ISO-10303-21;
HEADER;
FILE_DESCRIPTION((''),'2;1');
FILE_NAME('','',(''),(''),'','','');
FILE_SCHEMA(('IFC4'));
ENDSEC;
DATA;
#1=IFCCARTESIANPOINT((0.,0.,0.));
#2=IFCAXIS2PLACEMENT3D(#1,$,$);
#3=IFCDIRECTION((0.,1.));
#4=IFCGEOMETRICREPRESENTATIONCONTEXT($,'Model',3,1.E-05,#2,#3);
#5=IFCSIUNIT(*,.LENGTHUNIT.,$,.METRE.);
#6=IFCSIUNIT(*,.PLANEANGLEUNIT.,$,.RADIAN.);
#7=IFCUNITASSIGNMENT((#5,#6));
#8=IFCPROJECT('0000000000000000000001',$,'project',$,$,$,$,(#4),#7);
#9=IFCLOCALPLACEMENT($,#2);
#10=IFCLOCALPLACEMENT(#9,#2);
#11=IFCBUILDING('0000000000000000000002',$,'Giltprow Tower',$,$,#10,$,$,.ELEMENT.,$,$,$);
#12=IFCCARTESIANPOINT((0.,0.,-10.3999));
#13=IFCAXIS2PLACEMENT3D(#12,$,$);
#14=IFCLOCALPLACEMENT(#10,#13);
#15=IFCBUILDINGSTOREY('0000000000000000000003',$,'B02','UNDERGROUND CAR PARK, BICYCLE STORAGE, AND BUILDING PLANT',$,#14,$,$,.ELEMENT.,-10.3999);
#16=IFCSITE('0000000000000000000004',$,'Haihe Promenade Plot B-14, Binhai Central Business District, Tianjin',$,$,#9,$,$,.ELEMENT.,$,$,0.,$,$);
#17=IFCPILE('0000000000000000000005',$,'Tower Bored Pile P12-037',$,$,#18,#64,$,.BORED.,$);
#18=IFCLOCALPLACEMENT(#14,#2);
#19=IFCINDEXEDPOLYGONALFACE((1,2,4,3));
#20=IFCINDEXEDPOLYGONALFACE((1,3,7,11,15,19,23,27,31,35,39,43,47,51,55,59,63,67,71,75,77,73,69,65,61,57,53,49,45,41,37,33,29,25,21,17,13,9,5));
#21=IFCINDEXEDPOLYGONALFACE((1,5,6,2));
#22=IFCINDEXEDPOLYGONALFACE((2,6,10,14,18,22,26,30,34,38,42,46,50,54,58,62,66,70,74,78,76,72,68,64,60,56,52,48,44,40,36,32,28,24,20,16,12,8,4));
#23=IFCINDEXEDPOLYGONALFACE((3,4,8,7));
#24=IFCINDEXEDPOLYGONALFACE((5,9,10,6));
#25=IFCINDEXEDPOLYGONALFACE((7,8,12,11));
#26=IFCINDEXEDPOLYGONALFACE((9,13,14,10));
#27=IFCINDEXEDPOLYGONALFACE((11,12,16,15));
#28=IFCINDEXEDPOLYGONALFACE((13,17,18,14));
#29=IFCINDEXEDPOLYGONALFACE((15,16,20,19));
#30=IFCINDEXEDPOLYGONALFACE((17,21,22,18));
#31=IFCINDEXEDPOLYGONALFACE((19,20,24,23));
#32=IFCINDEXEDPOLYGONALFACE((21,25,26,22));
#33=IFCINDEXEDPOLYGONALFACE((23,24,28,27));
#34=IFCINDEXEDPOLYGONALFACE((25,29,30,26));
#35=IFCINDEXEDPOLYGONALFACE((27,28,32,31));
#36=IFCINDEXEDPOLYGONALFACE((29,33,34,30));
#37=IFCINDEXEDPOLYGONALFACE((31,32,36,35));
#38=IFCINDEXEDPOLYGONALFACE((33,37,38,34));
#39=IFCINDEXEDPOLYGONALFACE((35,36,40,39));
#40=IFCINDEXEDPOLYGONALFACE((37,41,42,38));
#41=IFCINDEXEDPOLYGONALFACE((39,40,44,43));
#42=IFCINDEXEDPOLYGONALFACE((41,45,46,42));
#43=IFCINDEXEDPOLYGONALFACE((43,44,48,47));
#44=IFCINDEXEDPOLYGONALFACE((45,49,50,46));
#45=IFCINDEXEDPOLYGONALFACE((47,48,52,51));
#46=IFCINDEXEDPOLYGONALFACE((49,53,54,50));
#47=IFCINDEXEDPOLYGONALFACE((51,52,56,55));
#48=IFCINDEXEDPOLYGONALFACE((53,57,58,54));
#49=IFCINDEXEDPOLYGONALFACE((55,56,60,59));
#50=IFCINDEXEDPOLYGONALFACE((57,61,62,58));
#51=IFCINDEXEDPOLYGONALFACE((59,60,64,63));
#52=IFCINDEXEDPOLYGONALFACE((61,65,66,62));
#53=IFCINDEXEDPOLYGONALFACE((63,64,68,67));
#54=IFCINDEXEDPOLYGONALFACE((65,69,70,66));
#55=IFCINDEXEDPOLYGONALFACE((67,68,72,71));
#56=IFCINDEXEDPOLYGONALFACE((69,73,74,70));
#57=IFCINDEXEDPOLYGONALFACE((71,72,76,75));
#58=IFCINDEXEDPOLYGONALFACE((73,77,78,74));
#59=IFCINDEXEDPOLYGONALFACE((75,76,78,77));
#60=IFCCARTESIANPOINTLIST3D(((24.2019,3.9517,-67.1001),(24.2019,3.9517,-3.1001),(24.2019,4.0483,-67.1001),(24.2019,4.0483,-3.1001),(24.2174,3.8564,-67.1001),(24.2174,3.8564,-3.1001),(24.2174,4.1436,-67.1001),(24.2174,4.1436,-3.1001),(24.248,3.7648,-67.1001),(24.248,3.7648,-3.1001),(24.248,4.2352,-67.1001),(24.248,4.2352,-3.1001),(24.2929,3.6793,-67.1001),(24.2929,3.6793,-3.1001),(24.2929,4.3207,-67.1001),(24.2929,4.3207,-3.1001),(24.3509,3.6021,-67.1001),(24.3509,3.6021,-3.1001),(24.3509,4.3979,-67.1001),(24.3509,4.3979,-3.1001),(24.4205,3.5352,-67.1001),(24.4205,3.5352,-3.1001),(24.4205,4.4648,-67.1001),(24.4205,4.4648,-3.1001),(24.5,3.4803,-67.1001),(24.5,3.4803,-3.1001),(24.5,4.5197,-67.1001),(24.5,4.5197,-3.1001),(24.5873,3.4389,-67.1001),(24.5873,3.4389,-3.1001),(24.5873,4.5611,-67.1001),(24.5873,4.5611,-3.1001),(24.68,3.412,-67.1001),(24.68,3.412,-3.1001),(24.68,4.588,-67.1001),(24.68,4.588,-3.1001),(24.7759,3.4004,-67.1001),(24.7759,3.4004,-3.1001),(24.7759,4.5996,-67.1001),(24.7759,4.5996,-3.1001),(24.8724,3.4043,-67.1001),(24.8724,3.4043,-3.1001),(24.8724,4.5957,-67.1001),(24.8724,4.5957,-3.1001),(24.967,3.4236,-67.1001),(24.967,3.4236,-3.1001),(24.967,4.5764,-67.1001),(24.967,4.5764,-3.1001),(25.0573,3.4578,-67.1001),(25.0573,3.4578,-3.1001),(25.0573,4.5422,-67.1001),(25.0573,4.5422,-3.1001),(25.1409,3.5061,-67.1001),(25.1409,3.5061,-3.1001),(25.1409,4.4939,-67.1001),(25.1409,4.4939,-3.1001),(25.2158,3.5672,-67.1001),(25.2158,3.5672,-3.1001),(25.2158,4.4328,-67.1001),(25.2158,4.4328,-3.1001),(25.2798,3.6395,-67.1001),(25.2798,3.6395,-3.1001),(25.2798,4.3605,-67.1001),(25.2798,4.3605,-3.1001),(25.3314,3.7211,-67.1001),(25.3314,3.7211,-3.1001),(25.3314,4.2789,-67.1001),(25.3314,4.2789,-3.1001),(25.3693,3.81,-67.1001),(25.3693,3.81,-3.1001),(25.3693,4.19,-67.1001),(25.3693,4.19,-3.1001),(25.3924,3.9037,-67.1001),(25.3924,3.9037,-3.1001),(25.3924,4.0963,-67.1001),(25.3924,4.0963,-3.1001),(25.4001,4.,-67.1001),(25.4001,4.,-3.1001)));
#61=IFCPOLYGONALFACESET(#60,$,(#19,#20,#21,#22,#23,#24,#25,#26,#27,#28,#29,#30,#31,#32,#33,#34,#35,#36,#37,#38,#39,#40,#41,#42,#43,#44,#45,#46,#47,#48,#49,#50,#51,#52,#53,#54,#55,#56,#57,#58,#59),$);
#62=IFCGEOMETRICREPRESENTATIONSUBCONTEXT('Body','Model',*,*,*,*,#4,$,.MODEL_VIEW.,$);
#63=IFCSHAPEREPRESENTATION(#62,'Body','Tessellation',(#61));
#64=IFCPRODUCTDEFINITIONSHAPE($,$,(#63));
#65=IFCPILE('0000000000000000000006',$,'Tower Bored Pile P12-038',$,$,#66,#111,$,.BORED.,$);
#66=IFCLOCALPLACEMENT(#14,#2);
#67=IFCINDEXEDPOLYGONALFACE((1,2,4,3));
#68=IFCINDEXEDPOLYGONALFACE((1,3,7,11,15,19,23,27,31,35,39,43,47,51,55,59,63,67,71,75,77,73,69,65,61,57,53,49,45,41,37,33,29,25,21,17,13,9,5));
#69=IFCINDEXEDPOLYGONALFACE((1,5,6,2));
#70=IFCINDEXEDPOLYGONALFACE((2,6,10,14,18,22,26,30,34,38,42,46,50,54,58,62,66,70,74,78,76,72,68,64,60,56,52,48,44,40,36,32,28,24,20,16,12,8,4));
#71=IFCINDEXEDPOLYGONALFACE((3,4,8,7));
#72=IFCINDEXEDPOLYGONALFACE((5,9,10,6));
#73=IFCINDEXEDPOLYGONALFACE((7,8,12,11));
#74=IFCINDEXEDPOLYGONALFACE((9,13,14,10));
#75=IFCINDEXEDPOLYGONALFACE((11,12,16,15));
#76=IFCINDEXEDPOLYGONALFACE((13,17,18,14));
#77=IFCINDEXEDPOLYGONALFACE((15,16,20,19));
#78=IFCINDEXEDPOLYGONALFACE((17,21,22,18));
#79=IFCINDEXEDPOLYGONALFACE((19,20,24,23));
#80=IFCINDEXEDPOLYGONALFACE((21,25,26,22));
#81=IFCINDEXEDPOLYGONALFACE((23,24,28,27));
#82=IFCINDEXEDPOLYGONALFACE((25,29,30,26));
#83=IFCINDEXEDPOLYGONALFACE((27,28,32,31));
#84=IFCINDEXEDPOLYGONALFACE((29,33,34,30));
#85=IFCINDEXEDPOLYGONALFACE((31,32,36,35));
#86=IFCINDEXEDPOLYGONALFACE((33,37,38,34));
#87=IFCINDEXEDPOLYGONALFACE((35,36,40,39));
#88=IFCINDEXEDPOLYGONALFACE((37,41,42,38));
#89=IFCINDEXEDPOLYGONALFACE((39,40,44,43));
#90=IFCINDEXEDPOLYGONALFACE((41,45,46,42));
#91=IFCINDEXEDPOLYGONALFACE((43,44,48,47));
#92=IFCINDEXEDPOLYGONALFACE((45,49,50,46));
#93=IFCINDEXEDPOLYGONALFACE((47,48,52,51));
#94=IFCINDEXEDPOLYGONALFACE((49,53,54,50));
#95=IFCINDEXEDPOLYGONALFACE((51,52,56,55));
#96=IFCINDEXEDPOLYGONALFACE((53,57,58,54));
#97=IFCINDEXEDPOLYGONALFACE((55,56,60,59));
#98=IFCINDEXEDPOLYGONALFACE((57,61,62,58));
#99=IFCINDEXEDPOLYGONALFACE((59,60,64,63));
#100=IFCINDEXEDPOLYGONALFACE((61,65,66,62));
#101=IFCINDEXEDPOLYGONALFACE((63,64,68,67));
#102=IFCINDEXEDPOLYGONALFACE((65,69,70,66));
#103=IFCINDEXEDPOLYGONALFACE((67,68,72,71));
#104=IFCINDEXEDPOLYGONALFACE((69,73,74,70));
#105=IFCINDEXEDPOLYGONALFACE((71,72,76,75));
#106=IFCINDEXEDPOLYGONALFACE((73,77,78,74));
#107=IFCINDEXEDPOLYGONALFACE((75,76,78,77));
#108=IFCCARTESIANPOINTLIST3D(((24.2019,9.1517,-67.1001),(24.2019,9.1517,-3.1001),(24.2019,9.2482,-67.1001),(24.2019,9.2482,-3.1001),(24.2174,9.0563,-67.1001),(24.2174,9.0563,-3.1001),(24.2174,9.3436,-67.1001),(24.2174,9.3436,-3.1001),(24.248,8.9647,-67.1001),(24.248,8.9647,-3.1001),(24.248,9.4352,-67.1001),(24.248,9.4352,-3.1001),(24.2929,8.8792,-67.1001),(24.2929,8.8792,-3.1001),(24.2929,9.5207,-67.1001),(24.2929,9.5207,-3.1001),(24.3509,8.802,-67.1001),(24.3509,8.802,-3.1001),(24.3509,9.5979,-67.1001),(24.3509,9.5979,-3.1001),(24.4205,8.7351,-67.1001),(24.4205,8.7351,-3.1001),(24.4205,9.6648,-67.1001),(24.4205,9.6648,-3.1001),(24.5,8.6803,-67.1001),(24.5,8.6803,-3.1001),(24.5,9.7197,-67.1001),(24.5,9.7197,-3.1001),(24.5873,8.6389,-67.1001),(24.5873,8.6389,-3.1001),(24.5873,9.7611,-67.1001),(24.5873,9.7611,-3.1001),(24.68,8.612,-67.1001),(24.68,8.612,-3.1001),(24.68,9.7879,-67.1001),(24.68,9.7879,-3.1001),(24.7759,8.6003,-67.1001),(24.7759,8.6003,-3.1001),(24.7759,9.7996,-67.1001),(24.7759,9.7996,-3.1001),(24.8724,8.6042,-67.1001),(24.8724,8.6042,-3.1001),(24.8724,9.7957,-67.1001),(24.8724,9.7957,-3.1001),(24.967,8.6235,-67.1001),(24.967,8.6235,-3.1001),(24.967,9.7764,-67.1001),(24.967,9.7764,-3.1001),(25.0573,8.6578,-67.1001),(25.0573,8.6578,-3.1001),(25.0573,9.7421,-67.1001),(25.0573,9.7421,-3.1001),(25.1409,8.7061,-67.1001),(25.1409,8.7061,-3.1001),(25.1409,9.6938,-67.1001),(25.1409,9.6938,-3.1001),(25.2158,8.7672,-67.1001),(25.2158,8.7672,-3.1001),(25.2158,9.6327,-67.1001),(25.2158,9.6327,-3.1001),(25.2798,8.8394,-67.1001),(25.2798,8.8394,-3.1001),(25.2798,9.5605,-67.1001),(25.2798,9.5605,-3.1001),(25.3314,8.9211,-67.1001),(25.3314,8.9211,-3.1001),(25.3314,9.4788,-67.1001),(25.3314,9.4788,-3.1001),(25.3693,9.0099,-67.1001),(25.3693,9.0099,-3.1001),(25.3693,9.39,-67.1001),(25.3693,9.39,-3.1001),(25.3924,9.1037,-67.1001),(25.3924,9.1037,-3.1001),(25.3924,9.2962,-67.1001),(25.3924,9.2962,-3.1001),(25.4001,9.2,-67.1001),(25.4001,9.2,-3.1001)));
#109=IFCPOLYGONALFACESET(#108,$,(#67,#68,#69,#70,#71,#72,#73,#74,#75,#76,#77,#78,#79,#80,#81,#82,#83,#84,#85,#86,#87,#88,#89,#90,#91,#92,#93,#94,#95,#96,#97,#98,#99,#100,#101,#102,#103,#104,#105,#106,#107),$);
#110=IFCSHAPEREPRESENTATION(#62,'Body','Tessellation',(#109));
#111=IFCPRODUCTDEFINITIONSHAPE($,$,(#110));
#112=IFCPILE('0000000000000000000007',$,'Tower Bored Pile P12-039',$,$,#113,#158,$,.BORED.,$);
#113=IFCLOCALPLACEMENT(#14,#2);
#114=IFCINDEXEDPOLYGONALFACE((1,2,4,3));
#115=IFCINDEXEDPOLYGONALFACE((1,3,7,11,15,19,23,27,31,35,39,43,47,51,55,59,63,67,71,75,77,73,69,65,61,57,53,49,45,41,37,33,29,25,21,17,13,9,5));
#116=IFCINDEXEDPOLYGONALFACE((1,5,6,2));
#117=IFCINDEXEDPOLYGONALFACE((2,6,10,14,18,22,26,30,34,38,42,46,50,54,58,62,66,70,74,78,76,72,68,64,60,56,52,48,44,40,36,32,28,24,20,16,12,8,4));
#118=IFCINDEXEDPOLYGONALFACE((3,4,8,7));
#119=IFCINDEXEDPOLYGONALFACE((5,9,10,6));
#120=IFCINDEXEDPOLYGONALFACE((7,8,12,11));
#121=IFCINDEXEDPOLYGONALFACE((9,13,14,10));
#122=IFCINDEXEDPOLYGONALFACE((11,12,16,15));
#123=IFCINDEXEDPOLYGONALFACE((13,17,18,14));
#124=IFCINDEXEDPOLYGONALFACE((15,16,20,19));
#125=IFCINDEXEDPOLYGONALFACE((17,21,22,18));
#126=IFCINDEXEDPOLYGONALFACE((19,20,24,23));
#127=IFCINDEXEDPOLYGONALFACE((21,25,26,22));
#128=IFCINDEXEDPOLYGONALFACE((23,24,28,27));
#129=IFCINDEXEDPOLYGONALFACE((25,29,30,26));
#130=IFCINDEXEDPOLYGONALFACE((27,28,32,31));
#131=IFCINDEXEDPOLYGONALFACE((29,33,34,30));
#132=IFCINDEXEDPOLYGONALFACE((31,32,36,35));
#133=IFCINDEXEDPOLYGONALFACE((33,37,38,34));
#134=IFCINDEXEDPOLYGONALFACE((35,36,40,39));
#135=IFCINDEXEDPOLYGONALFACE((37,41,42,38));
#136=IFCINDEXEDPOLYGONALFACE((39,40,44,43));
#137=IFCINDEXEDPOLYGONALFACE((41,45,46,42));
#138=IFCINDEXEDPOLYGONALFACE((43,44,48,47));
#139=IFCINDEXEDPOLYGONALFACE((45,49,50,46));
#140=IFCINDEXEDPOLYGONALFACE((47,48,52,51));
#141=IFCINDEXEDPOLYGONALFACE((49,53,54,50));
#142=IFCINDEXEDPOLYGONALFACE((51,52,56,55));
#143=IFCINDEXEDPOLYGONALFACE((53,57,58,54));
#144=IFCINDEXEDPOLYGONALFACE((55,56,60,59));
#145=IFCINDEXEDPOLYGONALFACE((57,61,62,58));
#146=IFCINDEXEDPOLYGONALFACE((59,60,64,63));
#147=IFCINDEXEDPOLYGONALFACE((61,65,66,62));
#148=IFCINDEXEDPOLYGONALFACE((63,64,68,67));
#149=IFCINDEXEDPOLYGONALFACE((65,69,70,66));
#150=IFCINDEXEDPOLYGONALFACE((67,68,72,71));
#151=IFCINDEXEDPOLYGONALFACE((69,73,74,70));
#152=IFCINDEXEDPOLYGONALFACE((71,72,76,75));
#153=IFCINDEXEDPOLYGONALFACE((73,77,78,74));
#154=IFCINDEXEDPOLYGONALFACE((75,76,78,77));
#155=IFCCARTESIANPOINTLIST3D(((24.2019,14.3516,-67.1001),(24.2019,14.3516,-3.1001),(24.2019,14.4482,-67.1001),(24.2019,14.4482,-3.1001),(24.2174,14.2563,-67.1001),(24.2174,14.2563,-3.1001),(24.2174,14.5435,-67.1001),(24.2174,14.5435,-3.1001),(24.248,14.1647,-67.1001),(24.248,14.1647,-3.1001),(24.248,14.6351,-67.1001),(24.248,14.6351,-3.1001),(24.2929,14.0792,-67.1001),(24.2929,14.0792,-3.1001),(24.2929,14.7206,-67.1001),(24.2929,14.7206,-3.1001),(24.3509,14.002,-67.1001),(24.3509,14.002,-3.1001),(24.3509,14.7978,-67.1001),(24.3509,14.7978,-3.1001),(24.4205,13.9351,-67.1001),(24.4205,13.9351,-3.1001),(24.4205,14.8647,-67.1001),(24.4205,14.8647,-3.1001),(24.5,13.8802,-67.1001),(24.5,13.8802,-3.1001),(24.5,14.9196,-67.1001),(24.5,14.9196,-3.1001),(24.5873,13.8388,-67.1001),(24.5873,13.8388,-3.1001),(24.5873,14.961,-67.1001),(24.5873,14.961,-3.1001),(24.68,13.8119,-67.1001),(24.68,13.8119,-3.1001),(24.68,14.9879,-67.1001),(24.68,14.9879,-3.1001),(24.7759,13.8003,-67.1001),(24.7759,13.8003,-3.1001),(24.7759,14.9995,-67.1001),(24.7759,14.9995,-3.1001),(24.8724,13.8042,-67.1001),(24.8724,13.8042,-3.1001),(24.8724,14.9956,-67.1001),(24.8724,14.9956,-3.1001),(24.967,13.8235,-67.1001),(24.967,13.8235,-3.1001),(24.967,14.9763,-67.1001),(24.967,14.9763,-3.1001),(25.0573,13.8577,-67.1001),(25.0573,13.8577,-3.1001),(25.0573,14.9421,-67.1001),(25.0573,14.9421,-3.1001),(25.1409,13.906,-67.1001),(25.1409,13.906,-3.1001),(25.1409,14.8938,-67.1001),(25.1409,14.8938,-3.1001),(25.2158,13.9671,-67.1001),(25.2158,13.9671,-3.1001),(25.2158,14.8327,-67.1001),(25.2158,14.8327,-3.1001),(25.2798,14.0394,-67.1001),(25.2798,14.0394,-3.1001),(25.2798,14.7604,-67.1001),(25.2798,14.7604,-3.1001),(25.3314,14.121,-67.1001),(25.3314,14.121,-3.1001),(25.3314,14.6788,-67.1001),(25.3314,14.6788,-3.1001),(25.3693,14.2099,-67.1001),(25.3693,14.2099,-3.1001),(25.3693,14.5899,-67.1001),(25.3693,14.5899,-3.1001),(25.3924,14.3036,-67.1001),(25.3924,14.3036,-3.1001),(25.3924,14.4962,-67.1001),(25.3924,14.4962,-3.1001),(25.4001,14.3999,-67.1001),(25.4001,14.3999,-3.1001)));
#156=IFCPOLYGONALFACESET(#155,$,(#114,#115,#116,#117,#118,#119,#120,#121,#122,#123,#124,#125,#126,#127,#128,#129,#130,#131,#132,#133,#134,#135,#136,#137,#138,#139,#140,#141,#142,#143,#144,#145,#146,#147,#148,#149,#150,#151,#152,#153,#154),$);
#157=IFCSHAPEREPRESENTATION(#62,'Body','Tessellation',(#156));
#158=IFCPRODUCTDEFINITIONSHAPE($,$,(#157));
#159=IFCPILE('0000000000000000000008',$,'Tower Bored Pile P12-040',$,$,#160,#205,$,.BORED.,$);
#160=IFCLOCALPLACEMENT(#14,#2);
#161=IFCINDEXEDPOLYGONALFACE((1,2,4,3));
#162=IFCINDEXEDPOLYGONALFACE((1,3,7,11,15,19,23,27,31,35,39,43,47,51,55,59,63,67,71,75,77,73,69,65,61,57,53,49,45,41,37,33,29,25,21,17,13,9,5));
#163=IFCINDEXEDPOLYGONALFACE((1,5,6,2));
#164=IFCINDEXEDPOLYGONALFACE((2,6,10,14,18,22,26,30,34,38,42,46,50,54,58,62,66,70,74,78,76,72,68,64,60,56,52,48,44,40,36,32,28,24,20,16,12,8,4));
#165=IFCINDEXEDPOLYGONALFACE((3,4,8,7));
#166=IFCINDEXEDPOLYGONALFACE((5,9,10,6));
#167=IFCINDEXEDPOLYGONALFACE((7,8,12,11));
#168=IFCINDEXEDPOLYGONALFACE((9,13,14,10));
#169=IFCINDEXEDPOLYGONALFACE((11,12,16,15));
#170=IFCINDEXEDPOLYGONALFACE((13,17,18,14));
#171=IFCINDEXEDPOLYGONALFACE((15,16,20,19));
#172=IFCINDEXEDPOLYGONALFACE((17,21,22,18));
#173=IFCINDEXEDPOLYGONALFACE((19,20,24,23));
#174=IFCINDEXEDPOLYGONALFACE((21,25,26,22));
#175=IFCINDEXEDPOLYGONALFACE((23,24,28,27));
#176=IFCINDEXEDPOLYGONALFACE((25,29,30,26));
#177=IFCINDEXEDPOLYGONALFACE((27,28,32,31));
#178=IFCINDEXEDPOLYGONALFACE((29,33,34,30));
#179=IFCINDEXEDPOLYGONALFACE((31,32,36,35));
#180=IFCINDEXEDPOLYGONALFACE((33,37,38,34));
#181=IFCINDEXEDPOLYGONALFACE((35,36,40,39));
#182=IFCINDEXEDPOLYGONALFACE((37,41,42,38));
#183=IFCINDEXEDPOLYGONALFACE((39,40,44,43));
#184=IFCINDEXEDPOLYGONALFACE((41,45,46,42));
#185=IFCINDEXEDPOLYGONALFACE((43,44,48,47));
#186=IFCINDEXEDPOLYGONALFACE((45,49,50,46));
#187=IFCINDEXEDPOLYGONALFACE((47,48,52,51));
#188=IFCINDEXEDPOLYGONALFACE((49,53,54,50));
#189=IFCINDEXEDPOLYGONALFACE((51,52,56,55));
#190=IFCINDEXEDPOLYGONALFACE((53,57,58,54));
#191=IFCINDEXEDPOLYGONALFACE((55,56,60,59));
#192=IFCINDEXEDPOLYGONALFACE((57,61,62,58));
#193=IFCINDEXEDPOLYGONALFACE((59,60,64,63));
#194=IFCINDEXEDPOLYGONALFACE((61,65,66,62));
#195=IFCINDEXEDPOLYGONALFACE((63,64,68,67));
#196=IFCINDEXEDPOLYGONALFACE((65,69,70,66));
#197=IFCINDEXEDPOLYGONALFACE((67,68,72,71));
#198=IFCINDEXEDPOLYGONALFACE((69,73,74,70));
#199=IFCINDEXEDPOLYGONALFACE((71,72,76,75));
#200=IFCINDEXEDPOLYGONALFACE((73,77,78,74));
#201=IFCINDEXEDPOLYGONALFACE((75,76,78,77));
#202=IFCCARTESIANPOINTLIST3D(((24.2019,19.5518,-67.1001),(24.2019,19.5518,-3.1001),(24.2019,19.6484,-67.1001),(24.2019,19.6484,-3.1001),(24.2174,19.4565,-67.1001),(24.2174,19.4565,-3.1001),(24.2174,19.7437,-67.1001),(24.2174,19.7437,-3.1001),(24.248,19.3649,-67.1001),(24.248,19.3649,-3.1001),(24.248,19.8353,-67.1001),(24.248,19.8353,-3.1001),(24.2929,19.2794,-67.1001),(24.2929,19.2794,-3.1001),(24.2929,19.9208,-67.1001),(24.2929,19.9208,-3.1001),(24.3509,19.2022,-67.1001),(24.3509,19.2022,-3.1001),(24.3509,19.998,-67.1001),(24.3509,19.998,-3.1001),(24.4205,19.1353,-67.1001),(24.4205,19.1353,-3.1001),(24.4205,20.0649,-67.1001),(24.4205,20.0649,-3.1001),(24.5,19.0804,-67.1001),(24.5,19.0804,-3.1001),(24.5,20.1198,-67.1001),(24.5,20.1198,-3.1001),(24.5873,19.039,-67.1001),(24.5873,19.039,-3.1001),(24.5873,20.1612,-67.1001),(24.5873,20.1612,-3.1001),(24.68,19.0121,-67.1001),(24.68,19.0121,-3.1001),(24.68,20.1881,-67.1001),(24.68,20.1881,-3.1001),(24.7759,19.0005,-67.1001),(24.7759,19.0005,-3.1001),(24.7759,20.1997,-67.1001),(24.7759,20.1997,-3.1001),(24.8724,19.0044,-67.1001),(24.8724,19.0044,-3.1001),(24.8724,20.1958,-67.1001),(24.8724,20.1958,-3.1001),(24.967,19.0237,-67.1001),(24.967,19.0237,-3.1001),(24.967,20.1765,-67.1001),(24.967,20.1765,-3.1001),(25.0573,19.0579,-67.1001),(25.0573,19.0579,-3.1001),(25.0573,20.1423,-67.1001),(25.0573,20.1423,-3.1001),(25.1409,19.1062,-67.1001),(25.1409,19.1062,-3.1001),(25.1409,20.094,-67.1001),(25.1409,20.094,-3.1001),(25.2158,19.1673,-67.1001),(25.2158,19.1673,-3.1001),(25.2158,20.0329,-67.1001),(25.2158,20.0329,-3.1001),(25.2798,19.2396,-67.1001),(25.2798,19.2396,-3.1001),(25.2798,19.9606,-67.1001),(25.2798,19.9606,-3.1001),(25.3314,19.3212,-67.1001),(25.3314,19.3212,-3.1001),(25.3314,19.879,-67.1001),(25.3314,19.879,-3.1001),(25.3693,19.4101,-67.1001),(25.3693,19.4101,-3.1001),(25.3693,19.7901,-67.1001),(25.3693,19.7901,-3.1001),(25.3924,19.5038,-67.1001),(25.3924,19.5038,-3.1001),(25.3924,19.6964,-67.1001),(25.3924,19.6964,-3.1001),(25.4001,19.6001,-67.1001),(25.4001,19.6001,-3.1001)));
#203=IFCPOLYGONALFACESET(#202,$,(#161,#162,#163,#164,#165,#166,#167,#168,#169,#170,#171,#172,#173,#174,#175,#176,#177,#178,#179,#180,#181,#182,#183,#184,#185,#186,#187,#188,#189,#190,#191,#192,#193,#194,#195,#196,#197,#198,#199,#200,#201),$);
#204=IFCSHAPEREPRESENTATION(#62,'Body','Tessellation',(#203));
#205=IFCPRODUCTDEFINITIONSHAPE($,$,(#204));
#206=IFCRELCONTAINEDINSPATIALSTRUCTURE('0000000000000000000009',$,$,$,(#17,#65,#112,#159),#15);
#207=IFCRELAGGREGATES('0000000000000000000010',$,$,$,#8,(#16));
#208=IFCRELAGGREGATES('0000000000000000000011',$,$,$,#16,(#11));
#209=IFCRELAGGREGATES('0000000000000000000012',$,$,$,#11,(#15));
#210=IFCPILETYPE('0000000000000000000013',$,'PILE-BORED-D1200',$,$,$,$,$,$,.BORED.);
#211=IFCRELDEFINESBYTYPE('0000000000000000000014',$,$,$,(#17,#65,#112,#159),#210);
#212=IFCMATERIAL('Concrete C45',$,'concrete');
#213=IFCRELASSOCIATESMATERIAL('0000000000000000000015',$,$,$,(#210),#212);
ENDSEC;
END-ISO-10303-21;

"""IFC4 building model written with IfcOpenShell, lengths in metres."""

from ifc_helpers import new_model, si_unit, direction, frame, origin, origin_2d, place, context, subcontext, project, spatial, circle, extrude, source, transform, mapped, material, material_profile, profile_set, type_object, element, save


model = new_model("IFC4")

# Units and contexts
model_context = context("Model", 3, precision=1e-05, world=origin(), true_north=direction((0.0, 1.0)))
body_context = subcontext(model_context, "Body", "Model", "MODEL_VIEW")
ifc_project = project(units=[si_unit("LENGTHUNIT", "METRE"), si_unit("PLANEANGLEUNIT", "RADIAN")], contexts=[model_context])

# Site, building, storey
site_placement = place(None, origin())
site = spatial("IfcSite", under=ifc_project, at=site_placement, Name="Haihe Promenade Plot B-14, Binhai Central Business District, Tianjin", CompositionType="ELEMENT", RefElevation=0.0)
building_placement = place(site_placement, origin())
building = spatial("IfcBuilding", under=site, at=building_placement, Name="Giltprow Tower", CompositionType="ELEMENT")
storey_placement = place(building_placement, frame((0.0, 0.0, -10.3999)))
storey = spatial("IfcBuildingStorey", under=building, at=storey_placement, Name="B02", Description="UNDERGROUND CAR PARK, BICYCLE STORAGE, AND BUILDING PLANT", CompositionType="ELEMENT", Elevation=-10.3999)

# Piles
ifc_material_1 = material(Name="Concrete C45", Category="concrete")
ifc_material_profile_1 = material_profile(ifc_material_1, circle(Radius=0.6001, at=origin_2d()), Name="PILE D1200")
ifc_profile_set_1 = profile_set([ifc_material_profile_1], Name="Concrete C45")
pile_type = type_object("IfcPileType", Name="PILE-BORED-D1200", PredefinedType="BORED", material=ifc_profile_set_1)
shared_shape_1 = source(origin(), body_context, "Body", "SweptSolid", [
    extrude(circle(Radius=0.6001, at=origin_2d()), origin(), (0.0, 0.0, 1.0), 64.0),
])
for number, where, z_axis, x_axis, name in (
    (1, (24.8, 4.0, -3.1001), (0.0, 0.0, -1.0), (1.0, 0.0, 0.0), "Tower Bored Pile P12-037"),
    (2, (24.8, 9.2, -3.1001), (0.0, 0.0, -1.0), (1.0, 0.0, 0.0), "Tower Bored Pile P12-038"),
    (3, (24.8, 14.3999, -3.1001), (0.0, 0.0, -1.0), (1.0, 0.0, 0.0), "Tower Bored Pile P12-039"),
    (4, (24.8, 19.6001, -3.1001), (0.0, 0.0, -1.0), (1.0, 0.0, 0.0), "Tower Bored Pile P12-040"),
):
    element("IfcPile", number, at=place(storey_placement, frame(where, z_axis=z_axis, x_axis=x_axis)), inside=storey, type_object=pile_type, Name=name, PredefinedType="BORED", context=body_context, shape_type="MappedRepresentation", body=[
        mapped(shared_shape_1, transform((0.0, 0.0, 0.0), x_axis=(1.0, 0.0, 0.0), y_axis=(0.0, 1.0, 0.0), z_axis=(0.0, 0.0, 1.0), scale=1.0)),
    ])

save(model, "model.ifc")
